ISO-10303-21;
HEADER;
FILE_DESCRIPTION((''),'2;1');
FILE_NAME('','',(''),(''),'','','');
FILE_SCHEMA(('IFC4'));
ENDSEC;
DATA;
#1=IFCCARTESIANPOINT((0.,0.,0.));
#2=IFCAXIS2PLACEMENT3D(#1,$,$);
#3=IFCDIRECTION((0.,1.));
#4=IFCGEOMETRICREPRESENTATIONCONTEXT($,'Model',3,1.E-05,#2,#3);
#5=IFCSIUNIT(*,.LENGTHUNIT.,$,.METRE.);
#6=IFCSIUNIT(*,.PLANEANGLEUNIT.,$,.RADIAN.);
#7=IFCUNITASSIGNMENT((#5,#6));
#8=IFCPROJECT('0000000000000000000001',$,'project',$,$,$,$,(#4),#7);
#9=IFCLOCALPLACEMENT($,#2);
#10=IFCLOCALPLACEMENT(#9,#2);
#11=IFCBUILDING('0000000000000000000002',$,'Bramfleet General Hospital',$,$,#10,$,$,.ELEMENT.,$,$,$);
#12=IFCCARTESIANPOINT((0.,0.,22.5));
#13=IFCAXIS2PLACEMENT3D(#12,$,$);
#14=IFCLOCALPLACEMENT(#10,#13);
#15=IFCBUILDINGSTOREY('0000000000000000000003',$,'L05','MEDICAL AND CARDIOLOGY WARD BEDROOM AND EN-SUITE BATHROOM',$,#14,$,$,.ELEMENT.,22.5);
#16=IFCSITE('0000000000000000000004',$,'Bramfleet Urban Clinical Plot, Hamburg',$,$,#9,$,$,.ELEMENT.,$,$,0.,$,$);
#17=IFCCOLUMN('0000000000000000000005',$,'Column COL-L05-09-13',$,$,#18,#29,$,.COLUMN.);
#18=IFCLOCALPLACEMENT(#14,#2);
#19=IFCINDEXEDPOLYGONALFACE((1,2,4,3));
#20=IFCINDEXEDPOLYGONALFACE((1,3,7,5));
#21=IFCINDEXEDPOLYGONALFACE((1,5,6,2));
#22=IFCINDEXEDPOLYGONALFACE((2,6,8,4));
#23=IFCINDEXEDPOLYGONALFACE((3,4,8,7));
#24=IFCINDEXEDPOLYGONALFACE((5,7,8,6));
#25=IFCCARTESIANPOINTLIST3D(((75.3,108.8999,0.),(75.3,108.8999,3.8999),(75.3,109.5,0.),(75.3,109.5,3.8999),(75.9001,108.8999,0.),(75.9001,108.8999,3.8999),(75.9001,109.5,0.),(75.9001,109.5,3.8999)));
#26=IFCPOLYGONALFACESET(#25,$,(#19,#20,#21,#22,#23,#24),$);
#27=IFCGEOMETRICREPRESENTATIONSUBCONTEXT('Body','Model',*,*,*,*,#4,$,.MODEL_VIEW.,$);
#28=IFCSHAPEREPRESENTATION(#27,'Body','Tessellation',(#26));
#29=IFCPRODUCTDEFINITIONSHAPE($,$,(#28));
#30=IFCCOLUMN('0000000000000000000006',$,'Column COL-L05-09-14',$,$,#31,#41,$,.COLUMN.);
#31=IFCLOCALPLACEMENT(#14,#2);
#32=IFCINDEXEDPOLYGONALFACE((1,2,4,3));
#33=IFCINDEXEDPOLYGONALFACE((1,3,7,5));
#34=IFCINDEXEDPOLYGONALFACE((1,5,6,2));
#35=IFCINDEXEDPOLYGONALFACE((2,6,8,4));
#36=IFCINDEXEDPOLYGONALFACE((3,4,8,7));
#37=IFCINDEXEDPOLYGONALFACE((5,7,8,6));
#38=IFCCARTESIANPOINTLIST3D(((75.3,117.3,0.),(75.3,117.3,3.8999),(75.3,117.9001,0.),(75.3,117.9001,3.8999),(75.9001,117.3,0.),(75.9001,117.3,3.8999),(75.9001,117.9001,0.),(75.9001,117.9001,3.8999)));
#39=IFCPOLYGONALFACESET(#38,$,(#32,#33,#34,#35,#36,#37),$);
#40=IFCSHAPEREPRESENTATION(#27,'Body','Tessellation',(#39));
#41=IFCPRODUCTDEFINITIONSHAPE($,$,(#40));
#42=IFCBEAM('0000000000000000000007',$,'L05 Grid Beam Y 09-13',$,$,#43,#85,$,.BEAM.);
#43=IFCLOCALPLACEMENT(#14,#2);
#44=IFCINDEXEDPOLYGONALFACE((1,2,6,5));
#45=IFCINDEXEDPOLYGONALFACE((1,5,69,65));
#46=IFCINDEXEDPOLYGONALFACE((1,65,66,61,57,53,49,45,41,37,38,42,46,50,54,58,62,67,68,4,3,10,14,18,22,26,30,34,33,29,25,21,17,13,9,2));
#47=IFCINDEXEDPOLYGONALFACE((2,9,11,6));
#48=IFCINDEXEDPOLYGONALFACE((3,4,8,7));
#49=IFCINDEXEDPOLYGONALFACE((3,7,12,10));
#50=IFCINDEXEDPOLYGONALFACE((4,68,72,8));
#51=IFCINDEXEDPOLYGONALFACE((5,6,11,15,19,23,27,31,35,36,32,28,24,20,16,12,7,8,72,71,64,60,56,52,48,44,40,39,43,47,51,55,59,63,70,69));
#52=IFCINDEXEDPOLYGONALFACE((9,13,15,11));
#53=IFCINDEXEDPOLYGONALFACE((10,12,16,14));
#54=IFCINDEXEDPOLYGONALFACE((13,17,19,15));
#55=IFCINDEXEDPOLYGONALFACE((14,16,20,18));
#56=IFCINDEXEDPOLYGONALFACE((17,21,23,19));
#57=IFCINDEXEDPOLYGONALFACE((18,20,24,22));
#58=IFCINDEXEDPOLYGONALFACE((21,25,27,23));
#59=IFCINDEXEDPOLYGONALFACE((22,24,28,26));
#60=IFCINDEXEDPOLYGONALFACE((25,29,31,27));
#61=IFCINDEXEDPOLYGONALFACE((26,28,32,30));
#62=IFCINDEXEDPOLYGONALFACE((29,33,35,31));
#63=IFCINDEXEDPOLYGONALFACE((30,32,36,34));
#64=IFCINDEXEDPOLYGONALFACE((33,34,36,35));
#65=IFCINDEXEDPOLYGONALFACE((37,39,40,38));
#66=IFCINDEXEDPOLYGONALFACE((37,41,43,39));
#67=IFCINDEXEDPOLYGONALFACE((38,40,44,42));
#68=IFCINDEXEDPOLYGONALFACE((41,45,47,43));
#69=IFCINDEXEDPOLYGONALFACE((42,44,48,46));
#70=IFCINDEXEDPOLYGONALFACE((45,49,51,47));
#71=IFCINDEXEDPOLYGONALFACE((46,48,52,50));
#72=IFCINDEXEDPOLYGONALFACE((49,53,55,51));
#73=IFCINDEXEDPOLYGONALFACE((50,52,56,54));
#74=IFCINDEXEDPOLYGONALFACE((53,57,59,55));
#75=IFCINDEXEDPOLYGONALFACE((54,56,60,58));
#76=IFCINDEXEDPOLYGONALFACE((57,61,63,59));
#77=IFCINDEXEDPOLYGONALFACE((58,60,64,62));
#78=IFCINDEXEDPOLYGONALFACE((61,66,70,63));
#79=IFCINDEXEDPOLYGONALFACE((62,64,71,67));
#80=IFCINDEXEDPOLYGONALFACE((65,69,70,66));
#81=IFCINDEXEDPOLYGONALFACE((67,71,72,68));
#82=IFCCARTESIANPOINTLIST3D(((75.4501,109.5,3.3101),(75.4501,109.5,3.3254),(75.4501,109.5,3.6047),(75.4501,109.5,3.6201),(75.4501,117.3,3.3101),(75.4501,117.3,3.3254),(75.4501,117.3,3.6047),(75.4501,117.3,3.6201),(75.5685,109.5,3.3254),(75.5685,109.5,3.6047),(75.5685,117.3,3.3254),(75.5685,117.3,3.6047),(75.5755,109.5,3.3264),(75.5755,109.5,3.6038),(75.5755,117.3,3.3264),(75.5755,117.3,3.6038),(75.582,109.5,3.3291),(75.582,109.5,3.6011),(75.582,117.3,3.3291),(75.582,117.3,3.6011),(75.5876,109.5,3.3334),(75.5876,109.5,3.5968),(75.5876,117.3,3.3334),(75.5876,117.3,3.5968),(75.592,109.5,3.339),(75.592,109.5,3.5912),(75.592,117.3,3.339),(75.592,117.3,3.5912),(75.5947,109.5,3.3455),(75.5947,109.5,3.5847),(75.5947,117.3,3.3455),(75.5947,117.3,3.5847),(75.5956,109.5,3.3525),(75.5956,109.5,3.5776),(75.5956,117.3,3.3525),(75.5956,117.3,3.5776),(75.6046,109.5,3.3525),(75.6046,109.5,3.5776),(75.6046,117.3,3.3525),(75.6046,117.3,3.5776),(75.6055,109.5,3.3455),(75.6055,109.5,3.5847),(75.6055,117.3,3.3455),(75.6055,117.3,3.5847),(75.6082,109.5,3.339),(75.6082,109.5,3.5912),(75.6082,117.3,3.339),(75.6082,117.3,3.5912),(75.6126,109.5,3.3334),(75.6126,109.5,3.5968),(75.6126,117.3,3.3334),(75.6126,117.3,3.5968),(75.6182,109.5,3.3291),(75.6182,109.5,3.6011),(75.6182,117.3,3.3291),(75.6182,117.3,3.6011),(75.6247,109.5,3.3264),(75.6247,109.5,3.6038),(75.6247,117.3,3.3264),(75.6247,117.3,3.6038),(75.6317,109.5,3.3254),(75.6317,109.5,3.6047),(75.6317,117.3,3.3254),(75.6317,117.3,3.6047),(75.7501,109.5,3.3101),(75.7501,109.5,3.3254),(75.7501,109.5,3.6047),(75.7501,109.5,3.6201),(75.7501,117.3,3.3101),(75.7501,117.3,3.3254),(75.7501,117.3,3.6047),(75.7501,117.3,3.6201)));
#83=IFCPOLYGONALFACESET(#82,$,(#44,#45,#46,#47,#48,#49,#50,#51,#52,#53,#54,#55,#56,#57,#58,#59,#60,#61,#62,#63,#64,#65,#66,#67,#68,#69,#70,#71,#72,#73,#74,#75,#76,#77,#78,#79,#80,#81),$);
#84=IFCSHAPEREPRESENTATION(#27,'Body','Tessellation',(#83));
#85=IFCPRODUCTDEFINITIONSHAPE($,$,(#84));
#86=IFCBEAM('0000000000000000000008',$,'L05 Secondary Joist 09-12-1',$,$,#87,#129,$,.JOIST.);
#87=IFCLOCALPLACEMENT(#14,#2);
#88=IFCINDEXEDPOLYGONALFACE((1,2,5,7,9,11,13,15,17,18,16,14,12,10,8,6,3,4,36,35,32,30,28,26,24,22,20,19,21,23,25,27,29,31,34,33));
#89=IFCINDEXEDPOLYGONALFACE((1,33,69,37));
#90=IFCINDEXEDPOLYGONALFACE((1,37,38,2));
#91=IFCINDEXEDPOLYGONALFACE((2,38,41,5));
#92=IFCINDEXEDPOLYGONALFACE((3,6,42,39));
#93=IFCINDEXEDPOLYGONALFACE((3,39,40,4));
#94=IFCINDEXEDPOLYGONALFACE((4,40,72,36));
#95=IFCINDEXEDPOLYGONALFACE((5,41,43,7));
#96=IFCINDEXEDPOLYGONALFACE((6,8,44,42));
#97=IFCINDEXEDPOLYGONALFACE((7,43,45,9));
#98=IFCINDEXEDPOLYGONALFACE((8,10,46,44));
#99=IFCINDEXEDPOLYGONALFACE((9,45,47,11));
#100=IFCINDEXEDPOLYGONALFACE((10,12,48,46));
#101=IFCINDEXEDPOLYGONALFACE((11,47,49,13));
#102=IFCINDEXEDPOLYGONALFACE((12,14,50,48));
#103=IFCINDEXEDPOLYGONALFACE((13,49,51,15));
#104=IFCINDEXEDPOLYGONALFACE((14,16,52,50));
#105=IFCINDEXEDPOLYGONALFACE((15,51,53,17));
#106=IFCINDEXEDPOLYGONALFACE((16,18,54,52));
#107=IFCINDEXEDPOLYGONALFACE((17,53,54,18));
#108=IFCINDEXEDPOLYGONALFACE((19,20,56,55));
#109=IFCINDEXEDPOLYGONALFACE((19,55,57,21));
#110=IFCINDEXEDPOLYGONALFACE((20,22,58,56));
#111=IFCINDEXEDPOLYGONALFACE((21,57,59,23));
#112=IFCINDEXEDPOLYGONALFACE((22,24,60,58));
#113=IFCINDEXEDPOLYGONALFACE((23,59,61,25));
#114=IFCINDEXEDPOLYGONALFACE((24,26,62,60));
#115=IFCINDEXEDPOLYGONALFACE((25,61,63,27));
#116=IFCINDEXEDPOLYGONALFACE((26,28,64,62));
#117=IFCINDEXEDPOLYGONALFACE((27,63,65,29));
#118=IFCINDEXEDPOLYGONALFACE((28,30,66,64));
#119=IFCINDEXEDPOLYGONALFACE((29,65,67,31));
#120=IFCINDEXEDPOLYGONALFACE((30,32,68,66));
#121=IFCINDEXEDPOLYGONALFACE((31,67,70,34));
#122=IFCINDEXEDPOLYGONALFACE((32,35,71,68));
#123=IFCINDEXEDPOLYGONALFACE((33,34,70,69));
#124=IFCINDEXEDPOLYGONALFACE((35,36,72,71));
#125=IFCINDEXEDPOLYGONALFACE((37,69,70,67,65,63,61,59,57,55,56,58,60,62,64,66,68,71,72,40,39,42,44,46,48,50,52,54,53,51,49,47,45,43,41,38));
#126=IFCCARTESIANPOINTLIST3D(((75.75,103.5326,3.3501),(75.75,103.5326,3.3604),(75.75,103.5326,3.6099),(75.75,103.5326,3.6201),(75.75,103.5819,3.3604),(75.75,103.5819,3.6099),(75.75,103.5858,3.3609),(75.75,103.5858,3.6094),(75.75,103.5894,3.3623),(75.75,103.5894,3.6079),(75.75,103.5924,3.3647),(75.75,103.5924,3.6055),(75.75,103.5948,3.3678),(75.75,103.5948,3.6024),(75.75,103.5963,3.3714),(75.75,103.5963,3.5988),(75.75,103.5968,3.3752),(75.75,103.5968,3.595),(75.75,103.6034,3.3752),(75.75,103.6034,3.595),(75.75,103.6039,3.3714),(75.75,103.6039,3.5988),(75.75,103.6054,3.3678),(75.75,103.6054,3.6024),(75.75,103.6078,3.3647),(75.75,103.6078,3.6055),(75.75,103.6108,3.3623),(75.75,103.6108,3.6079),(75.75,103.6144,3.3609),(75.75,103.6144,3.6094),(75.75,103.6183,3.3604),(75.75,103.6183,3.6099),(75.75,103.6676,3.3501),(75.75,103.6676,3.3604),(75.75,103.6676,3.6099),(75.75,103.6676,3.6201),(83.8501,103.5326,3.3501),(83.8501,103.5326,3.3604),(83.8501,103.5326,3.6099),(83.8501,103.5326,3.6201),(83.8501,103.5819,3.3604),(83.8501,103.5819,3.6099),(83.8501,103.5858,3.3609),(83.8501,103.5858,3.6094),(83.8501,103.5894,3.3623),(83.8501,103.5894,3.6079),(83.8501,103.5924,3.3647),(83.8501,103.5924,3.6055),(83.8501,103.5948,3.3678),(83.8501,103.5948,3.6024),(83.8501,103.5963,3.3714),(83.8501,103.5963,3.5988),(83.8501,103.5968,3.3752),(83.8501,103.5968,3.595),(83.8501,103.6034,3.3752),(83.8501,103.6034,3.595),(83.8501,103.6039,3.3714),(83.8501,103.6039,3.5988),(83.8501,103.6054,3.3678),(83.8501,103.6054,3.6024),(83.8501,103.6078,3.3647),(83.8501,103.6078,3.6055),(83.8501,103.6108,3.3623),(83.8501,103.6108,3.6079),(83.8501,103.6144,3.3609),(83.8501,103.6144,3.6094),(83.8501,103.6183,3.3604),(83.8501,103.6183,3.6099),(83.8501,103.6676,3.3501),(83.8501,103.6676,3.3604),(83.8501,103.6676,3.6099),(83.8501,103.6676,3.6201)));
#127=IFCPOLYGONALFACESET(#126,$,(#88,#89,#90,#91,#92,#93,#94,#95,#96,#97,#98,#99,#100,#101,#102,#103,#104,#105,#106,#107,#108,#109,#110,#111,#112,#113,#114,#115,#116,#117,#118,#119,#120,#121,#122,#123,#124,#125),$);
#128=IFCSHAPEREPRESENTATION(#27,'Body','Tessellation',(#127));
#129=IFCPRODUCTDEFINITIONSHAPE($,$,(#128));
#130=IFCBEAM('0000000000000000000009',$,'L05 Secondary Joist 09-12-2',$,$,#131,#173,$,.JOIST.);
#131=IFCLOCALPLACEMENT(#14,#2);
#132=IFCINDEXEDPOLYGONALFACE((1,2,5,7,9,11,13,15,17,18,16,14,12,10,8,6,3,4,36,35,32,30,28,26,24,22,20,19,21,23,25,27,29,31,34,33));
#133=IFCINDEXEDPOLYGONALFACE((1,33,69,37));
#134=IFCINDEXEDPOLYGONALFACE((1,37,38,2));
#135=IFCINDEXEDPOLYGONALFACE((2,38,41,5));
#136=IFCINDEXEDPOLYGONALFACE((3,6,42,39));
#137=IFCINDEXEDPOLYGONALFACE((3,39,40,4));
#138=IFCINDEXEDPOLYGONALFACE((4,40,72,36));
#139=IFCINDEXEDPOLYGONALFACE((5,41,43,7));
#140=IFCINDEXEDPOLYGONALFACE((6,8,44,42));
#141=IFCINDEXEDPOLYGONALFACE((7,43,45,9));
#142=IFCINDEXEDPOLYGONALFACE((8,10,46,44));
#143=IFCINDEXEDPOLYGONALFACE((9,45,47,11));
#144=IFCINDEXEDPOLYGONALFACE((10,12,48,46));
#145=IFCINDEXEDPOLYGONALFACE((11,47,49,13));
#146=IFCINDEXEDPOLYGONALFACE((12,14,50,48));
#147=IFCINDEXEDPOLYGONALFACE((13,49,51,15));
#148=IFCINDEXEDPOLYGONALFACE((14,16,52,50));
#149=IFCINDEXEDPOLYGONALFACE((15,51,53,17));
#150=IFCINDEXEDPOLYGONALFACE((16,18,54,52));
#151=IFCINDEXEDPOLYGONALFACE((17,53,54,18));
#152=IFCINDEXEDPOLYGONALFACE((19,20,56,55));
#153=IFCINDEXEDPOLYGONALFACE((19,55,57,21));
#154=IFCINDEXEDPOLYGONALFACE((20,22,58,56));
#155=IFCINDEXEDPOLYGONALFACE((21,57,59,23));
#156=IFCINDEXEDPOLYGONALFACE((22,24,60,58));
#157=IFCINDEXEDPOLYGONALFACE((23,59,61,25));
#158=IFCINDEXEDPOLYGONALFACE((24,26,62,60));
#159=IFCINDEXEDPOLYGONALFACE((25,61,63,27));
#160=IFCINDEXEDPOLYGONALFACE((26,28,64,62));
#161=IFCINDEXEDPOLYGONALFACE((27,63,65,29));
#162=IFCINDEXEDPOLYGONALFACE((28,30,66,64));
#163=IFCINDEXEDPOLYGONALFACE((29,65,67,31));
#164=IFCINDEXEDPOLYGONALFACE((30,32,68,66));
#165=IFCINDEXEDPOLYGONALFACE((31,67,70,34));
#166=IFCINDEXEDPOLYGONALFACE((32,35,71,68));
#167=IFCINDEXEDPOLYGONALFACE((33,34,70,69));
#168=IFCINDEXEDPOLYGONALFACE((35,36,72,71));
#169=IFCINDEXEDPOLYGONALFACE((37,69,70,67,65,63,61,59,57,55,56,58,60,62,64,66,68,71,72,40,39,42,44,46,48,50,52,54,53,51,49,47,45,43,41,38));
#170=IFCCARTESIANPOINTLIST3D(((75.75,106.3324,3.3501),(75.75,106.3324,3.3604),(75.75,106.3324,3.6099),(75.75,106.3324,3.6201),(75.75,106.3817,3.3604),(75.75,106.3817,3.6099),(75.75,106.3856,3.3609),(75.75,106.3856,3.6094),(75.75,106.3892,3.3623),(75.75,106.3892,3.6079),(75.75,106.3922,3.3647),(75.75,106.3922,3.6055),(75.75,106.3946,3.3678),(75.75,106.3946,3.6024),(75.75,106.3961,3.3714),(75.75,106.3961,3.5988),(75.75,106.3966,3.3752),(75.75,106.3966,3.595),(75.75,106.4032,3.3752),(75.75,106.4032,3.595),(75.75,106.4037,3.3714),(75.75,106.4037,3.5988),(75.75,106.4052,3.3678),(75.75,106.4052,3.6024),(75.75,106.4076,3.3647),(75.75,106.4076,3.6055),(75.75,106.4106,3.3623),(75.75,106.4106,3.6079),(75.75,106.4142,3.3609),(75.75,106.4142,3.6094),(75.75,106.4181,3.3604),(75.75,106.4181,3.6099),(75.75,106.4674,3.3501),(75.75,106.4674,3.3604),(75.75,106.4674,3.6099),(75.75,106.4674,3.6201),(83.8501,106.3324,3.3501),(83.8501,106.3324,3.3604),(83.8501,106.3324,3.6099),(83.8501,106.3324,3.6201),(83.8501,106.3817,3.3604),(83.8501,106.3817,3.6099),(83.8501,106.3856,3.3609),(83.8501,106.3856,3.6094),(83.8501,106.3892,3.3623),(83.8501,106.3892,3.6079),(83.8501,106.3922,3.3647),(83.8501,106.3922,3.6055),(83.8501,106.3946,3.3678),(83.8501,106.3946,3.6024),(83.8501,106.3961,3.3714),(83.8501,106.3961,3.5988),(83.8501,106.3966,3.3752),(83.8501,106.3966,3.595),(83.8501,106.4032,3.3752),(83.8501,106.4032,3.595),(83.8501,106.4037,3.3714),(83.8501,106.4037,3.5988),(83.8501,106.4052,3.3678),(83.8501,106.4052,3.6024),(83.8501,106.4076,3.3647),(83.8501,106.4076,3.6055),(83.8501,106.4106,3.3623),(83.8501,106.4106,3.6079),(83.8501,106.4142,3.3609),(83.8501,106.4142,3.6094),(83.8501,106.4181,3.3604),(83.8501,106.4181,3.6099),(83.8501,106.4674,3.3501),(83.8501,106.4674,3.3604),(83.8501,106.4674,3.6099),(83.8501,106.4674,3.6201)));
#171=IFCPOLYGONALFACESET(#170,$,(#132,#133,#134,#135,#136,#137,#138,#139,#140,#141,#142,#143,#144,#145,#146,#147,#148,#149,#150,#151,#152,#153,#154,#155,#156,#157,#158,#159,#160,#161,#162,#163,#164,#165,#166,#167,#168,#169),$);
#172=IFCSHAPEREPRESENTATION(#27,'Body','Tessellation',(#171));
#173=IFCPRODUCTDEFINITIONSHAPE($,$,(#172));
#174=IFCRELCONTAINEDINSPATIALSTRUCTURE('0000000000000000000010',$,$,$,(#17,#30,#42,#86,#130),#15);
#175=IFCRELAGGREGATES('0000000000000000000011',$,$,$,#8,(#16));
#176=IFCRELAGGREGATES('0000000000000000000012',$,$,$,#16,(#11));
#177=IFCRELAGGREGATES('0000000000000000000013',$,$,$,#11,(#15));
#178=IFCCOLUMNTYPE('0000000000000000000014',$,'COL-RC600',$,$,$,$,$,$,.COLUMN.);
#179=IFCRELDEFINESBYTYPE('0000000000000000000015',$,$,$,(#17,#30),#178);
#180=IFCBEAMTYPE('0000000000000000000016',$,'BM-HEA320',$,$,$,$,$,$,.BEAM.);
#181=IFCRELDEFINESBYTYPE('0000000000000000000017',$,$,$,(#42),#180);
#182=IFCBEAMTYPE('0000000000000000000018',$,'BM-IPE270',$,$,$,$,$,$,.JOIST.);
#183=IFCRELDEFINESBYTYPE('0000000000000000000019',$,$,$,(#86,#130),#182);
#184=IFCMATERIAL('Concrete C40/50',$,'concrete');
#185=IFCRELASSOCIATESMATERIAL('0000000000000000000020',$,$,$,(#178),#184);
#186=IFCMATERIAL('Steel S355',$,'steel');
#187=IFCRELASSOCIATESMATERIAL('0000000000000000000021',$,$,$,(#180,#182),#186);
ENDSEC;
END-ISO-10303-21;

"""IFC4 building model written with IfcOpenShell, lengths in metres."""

from ifc_helpers import new_model, si_unit, direction, frame, origin, origin_2d, place, context, subcontext, project, spatial, rectangle, i_section, extrude, material, material_profile, profile_set, type_object, element, save


model = new_model("IFC4")

# Units and contexts
model_context = context("Model", 3, precision=1e-05, world=origin(), true_north=direction((0.0, 1.0)))
body_context = subcontext(model_context, "Body", "Model", "MODEL_VIEW")
ifc_project = project(units=[si_unit("LENGTHUNIT", "METRE"), si_unit("PLANEANGLEUNIT", "RADIAN")], contexts=[model_context])

# Site, building, storey
site_placement = place(None, origin())
site = spatial("IfcSite", under=ifc_project, at=site_placement, Name="Bramfleet Urban Clinical Plot, Hamburg", CompositionType="ELEMENT", RefElevation=0.0)
building_placement = place(site_placement, origin())
building = spatial("IfcBuilding", under=site, at=building_placement, Name="Bramfleet General Hospital", CompositionType="ELEMENT")
storey_placement = place(building_placement, frame((0.0, 0.0, 22.5)))
storey = spatial("IfcBuildingStorey", under=building, at=storey_placement, Name="L05", Description="MEDICAL AND CARDIOLOGY WARD BEDROOM AND EN-SUITE BATHROOM", CompositionType="ELEMENT", Elevation=22.5)

# Columns
ifc_material_1 = material(Name="Concrete C40/50", Category="concrete")
ifc_material_profile_1 = material_profile(ifc_material_1, rectangle(XDim=0.6001, YDim=0.6001, at=origin_2d()), Name="RC COL 600x600")
ifc_profile_set_1 = profile_set([ifc_material_profile_1], Name="Concrete C40/50")
column_type = type_object("IfcColumnType", Name="COL-RC600", PredefinedType="COLUMN", material=ifc_profile_set_1)
for number, where, z_axis, x_axis, name in (
    (1, (75.6001, 109.2, 0.0), (0.0, 0.0, 1.0), (1.0, 0.0, 0.0), "Column COL-L05-09-13"),
    (2, (75.6001, 117.6001, 0.0), (0.0, 0.0, 1.0), (1.0, 0.0, 0.0), "Column COL-L05-09-14"),
):
    element("IfcColumn", number, at=place(storey_placement, frame(where, z_axis=z_axis, x_axis=x_axis)), inside=storey, type_object=column_type, Name=name, PredefinedType="COLUMN", context=body_context, shape_type="SweptSolid", body=[
        extrude(rectangle(XDim=0.6001, YDim=0.6001, at=origin_2d()), origin(), (0.0, 0.0, 1.0), 3.8999),
    ])

# Beams
ifc_material_2 = material(Name="Steel S355", Category="steel")
ifc_material_profile_2 = material_profile(ifc_material_2, i_section(OverallWidth=0.3, OverallDepth=0.3101, WebThickness=0.009, FlangeThickness=0.0154, FilletRadius=0.0271, at=origin_2d()), Name="HEA 320")
ifc_profile_set_2 = profile_set([ifc_material_profile_2], Name="Steel S355")
beam_type_1 = type_object("IfcBeamType", Name="BM-HEA320", PredefinedType="BEAM", material=ifc_profile_set_2)
beam_1_placement = place(storey_placement, frame((75.6001, 109.5, 3.4651), z_axis=(0.0, 1.0, 0.0), x_axis=(-1.0, 0.0, 0.0)))
element("IfcBeam", 3, at=beam_1_placement, inside=storey, type_object=beam_type_1, Name="L05 Grid Beam Y 09-13", PredefinedType="BEAM", context=body_context, shape_type="SweptSolid", body=[
    extrude(i_section(OverallWidth=0.3, OverallDepth=0.3101, WebThickness=0.009, FlangeThickness=0.0154, FilletRadius=0.0271, at=origin_2d()), origin(), (0.0, 0.0, 1.0), 7.8),
])
ifc_material_profile_3 = material_profile(ifc_material_2, i_section(OverallWidth=0.135, OverallDepth=0.27, WebThickness=0.0066, FlangeThickness=0.0103, FilletRadius=0.0149, at=origin_2d()), Name="IPE 270")
ifc_profile_set_3 = profile_set([ifc_material_profile_3], Name="Steel S355")
beam_type_2 = type_object("IfcBeamType", Name="BM-IPE270", PredefinedType="JOIST", material=ifc_profile_set_3)
for number, where, z_axis, x_axis, name in (
    (4, (75.75, 103.6001, 3.4851), (1.0, 0.0, 0.0), (0.0, 1.0, 0.0), "L05 Secondary Joist 09-12-1"),
    (5, (75.75, 106.3999, 3.4851), (1.0, 0.0, 0.0), (0.0, 1.0, 0.0), "L05 Secondary Joist 09-12-2"),
):
    element("IfcBeam", number, at=place(storey_placement, frame(where, z_axis=z_axis, x_axis=x_axis)), inside=storey, type_object=beam_type_2, Name=name, PredefinedType="JOIST", context=body_context, shape_type="SweptSolid", body=[
        extrude(i_section(OverallWidth=0.135, OverallDepth=0.27, WebThickness=0.0066, FlangeThickness=0.0103, FilletRadius=0.0149, at=origin_2d()), origin(), (0.0, 0.0, 1.0), 8.1001),
    ])

save(model, "model.ifc")
